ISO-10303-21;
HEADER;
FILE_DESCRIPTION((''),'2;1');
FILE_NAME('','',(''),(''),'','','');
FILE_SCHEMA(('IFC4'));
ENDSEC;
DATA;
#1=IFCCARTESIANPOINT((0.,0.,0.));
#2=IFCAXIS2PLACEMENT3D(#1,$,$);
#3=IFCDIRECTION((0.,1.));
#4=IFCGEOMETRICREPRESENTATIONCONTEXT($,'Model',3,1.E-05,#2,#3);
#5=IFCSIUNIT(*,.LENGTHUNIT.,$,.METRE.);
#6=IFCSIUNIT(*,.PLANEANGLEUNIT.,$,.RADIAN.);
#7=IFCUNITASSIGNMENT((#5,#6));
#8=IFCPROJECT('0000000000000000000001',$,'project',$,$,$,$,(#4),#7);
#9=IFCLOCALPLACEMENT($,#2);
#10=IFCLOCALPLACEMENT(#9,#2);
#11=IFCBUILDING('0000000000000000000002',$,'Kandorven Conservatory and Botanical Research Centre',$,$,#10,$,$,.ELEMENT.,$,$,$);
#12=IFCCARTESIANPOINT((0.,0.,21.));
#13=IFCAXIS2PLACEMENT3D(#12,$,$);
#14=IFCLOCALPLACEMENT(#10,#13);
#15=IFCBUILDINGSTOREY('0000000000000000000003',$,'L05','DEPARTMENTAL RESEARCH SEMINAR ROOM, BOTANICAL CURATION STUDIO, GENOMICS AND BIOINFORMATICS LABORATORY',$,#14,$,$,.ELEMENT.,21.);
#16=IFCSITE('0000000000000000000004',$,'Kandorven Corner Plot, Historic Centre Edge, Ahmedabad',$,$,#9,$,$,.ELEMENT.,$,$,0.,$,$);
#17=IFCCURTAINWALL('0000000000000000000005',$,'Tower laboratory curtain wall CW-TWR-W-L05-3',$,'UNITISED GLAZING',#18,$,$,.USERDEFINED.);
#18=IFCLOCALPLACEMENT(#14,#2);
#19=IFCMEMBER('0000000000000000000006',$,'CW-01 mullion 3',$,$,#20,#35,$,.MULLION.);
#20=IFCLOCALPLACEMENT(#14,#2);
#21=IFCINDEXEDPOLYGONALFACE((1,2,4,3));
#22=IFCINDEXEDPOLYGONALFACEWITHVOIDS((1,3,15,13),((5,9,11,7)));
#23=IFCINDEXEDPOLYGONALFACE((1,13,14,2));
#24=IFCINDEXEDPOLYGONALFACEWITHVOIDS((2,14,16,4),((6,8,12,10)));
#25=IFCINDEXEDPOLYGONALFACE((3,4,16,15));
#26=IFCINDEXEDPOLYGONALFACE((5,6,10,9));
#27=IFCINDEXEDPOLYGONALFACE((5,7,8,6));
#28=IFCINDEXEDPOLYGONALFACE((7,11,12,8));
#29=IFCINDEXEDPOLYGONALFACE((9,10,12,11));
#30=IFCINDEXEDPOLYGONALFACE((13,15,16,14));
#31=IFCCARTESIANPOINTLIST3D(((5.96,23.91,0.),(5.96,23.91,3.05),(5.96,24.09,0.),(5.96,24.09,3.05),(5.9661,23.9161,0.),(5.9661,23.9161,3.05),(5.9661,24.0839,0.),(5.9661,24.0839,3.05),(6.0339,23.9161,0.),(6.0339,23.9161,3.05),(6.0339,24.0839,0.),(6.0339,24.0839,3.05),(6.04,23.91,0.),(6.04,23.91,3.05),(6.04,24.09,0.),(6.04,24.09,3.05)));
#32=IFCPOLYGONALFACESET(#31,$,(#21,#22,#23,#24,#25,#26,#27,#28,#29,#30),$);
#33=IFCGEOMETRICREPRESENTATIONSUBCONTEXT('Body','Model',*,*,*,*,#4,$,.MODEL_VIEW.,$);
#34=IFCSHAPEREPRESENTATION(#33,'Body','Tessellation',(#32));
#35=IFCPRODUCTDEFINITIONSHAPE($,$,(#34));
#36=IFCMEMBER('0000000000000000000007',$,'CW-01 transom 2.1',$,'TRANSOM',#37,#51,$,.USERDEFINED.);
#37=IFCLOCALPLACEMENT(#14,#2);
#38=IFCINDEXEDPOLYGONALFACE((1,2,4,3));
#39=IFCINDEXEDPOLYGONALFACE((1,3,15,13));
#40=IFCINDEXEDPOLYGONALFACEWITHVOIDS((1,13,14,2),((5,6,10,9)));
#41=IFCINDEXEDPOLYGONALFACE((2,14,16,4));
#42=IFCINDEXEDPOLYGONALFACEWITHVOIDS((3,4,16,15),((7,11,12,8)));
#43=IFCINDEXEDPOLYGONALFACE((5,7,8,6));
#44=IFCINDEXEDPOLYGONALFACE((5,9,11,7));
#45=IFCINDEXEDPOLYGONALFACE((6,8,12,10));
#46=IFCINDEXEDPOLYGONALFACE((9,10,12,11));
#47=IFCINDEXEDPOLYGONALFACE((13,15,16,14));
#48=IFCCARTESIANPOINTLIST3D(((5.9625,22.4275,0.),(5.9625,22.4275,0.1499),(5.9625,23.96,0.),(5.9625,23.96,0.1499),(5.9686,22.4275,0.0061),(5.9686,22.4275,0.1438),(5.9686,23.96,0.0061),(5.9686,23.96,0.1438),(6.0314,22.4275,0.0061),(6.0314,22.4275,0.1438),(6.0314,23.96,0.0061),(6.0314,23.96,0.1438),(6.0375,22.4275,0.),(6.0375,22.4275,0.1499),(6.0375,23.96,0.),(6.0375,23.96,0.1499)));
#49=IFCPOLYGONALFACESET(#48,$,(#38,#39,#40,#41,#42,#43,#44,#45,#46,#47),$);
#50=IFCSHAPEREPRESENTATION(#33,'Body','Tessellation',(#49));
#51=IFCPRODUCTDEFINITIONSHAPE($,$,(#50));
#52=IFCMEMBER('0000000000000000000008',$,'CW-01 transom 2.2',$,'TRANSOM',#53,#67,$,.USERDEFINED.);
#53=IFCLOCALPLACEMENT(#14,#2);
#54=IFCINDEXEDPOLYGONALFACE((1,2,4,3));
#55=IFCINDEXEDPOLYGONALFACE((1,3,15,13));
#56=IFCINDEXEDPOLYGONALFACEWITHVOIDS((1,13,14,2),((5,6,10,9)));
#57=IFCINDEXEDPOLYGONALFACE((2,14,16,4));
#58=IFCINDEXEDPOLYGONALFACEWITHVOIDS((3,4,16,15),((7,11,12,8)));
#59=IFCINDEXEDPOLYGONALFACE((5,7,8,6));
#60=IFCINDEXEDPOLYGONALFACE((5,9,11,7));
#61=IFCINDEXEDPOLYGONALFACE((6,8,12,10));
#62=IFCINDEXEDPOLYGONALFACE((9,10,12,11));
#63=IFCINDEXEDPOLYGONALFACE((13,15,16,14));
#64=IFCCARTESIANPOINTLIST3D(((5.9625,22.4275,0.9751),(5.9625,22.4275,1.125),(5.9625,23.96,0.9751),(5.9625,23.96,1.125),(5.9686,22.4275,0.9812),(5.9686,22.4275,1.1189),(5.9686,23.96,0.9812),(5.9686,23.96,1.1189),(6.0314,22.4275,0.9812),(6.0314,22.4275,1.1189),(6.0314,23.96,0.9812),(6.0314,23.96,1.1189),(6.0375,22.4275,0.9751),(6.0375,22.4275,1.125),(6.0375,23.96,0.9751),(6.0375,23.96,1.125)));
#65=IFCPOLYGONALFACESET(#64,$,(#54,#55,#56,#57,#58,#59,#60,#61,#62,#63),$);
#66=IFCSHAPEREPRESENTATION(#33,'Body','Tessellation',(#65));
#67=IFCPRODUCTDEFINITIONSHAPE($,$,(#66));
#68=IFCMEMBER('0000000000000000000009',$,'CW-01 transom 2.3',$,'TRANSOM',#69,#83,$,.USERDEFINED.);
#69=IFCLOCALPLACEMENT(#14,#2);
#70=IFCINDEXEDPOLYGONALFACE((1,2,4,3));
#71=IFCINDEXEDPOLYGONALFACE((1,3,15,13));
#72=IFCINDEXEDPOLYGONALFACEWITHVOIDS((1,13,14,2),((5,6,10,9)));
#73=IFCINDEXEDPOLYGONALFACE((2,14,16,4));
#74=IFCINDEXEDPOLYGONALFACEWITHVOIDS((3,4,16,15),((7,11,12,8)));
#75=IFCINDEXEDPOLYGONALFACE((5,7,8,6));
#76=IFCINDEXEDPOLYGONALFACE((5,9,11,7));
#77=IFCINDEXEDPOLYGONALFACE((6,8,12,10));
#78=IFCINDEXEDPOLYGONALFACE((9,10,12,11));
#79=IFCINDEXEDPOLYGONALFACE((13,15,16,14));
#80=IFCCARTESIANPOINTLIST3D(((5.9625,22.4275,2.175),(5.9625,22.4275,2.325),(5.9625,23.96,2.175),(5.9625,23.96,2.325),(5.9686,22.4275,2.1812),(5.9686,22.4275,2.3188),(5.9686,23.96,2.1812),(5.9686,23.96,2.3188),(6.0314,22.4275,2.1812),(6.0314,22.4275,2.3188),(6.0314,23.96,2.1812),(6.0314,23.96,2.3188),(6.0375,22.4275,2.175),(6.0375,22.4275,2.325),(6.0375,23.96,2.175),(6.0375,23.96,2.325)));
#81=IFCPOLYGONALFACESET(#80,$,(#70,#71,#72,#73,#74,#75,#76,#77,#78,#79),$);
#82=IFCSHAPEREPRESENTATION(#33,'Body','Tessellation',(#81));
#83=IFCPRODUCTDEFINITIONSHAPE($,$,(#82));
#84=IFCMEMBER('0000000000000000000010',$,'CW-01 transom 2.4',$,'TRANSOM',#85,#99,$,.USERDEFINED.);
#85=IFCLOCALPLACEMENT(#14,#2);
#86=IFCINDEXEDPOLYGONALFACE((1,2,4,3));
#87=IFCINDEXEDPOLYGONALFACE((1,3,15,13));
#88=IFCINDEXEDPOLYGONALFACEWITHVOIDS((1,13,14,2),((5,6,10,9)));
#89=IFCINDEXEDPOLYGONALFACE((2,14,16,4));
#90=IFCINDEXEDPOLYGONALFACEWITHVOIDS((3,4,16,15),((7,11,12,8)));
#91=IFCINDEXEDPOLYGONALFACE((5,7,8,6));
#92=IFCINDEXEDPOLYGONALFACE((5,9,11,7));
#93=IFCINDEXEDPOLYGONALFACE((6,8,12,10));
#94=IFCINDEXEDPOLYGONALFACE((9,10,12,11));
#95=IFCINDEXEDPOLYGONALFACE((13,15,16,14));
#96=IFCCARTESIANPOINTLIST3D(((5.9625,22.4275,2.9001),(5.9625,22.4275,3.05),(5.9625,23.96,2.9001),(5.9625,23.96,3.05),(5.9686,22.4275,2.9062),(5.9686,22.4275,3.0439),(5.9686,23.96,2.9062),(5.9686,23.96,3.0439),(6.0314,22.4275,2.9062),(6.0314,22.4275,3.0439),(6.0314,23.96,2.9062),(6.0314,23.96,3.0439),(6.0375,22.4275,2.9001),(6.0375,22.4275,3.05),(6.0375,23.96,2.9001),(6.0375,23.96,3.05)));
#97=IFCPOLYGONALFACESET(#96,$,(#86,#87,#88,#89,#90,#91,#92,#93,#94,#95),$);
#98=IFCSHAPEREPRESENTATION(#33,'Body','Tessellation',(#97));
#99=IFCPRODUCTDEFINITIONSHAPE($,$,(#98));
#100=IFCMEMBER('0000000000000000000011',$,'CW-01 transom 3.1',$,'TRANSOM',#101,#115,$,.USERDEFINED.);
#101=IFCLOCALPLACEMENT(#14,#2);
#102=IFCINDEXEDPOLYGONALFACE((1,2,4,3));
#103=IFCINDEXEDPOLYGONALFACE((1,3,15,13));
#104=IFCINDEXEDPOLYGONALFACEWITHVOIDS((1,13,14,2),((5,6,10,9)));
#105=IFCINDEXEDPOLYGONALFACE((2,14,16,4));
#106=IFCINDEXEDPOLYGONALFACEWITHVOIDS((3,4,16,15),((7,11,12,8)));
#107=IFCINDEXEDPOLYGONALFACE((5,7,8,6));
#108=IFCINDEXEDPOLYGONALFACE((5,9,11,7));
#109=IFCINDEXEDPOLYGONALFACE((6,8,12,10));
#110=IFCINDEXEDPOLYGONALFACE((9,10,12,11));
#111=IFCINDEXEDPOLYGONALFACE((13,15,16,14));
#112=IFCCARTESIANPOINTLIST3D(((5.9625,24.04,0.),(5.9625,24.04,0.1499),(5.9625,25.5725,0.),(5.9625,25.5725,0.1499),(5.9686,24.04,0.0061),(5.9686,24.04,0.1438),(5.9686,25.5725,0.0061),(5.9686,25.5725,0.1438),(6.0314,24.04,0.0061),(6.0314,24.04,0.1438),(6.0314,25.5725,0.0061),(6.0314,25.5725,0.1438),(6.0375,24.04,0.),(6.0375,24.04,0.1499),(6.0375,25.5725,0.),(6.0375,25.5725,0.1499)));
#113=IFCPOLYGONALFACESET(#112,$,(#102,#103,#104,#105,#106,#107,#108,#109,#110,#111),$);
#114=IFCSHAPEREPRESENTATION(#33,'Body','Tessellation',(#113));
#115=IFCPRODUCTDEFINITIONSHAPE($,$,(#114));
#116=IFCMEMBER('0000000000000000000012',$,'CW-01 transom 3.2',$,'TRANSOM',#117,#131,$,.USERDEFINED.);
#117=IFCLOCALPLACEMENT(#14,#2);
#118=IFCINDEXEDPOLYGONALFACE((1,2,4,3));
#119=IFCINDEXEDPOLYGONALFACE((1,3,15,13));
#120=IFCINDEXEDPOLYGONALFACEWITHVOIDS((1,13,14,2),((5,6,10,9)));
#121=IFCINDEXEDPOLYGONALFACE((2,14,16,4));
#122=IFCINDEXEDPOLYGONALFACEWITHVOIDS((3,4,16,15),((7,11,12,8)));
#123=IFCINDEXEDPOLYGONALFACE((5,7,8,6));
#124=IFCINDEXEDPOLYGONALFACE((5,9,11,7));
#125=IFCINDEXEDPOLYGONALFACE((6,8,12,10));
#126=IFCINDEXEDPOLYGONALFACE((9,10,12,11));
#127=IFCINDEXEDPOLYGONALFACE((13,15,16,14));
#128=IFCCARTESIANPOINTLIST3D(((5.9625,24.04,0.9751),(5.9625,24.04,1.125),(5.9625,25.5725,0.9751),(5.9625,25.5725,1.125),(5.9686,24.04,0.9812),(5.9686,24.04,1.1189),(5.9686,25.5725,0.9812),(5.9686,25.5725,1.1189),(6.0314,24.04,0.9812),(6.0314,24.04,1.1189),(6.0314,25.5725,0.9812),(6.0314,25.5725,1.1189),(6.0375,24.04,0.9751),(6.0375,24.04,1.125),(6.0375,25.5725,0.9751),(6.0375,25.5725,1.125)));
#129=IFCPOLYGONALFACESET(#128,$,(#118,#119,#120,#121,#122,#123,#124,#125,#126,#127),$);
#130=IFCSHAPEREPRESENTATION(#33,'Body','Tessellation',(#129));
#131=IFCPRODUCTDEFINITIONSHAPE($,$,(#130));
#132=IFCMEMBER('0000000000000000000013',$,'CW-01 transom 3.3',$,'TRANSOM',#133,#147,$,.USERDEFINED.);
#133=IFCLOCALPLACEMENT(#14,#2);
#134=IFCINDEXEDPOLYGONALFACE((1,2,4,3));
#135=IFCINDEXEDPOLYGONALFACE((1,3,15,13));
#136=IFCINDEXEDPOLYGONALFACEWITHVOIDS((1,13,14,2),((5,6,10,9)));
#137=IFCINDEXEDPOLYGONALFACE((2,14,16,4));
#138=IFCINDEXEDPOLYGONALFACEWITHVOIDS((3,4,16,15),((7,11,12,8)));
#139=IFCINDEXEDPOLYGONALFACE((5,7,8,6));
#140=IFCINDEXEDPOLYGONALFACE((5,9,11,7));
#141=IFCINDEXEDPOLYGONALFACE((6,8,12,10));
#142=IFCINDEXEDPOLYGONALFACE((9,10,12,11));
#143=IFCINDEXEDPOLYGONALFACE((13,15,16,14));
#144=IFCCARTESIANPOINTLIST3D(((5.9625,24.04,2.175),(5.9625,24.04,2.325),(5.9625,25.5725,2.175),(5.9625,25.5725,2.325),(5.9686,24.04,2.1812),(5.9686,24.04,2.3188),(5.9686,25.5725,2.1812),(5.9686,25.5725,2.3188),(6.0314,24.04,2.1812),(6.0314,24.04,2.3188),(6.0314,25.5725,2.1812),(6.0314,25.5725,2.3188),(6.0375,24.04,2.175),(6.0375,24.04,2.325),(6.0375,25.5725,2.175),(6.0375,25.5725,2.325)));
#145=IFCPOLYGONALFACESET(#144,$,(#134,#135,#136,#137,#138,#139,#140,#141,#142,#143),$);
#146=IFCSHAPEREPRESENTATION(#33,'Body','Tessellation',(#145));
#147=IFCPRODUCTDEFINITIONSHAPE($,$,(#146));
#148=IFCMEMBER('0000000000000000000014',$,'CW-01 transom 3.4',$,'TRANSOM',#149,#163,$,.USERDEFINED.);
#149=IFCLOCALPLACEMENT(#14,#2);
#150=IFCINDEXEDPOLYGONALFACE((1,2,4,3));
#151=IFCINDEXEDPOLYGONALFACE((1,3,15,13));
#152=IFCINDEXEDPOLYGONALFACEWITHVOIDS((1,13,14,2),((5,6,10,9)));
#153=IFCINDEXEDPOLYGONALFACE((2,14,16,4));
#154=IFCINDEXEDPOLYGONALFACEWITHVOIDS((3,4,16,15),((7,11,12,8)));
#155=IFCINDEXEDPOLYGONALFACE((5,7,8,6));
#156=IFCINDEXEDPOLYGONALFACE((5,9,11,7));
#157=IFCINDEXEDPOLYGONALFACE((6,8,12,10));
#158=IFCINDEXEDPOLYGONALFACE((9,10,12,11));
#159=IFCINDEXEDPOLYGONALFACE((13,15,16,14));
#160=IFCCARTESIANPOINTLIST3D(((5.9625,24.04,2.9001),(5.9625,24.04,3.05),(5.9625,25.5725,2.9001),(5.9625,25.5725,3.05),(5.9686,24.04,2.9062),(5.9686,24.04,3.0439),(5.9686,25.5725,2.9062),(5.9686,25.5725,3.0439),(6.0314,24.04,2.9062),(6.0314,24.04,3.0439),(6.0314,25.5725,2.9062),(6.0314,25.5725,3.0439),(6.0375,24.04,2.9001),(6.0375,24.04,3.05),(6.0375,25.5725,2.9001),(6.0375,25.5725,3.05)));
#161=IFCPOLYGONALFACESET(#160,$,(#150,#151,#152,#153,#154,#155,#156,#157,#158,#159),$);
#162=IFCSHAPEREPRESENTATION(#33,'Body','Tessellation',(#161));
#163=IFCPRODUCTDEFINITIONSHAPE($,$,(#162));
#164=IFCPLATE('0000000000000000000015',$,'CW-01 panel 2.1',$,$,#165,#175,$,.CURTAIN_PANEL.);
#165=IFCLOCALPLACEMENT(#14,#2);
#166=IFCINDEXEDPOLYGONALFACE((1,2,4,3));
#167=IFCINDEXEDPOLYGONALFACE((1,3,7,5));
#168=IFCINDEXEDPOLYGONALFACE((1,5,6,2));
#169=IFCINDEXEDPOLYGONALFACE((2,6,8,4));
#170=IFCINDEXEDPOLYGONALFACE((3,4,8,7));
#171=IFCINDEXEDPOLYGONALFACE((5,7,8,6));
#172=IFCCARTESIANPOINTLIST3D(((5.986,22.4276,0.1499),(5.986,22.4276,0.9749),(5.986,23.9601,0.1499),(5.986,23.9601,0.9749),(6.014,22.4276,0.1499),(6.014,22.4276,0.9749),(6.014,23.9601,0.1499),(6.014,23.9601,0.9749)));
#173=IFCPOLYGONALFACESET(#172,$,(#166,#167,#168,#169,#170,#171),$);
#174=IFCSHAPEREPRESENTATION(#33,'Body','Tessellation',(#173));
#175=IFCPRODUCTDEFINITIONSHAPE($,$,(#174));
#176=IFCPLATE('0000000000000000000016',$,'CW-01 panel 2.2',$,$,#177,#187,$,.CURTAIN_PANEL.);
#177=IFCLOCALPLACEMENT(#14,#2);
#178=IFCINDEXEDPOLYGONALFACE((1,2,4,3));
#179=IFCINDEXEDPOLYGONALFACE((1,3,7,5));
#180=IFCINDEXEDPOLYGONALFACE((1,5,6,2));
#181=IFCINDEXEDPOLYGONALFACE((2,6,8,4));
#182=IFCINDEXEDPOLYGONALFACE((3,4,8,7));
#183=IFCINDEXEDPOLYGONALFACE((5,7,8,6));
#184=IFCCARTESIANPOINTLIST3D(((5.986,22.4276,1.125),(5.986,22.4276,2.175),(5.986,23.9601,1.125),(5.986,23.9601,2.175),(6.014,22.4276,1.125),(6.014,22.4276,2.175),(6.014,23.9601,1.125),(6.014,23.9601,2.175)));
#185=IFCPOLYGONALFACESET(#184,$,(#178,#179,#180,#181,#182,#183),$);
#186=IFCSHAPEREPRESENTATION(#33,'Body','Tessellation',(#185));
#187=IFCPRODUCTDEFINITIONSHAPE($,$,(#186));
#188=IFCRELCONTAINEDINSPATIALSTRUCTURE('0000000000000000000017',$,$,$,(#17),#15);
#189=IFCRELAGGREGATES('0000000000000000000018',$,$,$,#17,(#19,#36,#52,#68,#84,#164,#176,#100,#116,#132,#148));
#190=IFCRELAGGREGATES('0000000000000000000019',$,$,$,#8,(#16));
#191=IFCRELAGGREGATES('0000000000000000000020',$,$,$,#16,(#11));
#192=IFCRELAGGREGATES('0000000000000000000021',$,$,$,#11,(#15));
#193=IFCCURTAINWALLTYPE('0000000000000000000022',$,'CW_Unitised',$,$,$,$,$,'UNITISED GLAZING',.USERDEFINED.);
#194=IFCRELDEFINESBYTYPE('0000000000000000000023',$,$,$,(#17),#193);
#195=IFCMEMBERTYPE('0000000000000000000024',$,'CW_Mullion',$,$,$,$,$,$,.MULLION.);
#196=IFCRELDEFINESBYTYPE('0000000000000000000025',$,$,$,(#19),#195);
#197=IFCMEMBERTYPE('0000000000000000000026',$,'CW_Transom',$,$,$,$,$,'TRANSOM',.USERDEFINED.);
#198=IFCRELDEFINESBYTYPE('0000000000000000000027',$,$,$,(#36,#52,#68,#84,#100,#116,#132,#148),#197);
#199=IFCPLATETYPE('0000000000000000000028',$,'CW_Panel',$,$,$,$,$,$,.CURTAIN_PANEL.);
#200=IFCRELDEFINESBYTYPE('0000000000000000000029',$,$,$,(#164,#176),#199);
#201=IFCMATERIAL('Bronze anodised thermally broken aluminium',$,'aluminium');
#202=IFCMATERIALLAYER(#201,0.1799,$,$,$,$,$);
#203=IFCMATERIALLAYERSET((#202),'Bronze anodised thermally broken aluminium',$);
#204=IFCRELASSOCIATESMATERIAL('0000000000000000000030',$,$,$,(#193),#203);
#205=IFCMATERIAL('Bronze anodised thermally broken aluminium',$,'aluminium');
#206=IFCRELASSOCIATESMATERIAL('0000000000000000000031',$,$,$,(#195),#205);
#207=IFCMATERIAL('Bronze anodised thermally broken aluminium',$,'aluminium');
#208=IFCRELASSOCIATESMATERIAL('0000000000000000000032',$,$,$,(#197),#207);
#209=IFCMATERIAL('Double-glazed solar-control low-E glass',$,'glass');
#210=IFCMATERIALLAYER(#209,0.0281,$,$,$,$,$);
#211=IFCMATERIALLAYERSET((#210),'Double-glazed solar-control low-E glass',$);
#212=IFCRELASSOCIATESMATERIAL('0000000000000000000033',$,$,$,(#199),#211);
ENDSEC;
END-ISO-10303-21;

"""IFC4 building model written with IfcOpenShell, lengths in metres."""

from ifc_helpers import new_model, si_unit, direction, frame, origin, origin_2d, place, context, subcontext, project, spatial, rectangle, hollow_rectangle, extrude, material, layer, layer_set, material_profile, profile_set, type_object, element, aggregate, save


model = new_model("IFC4")

# Units and contexts
model_context = context("Model", 3, precision=1e-05, world=origin(), true_north=direction((0.0, 1.0)))
body_context = subcontext(model_context, "Body", "Model", "MODEL_VIEW")
ifc_project = project(units=[si_unit("LENGTHUNIT", "METRE"), si_unit("PLANEANGLEUNIT", "RADIAN")], contexts=[model_context])

# Site, building, storey
site_placement = place(None, origin())
site = spatial("IfcSite", under=ifc_project, at=site_placement, Name="Kandorven Corner Plot, Historic Centre Edge, Ahmedabad", CompositionType="ELEMENT", RefElevation=0.0)
building_placement = place(site_placement, origin())
building = spatial("IfcBuilding", under=site, at=building_placement, Name="Kandorven Conservatory and Botanical Research Centre", CompositionType="ELEMENT")
storey_placement = place(building_placement, frame((0.0, 0.0, 21.0)))
storey = spatial("IfcBuildingStorey", under=building, at=storey_placement, Name="L05", Description="DEPARTMENTAL RESEARCH SEMINAR ROOM, BOTANICAL CURATION STUDIO, GENOMICS AND BIOINFORMATICS LABORATORY", CompositionType="ELEMENT", Elevation=21.0)

# Curtain wall, members, plates
ifc_material_1 = material(Name="Bronze anodised thermally broken aluminium", Category="aluminium")
ifc_layer_1 = layer(ifc_material_1, 0.1799)
ifc_layer_set_1 = layer_set([ifc_layer_1], Name="Bronze anodised thermally broken aluminium")
curtain_wall_type = type_object("IfcCurtainWallType", Name="CW_Unitised", ElementType="UNITISED GLAZING", PredefinedType="USERDEFINED", material=ifc_layer_set_1)
curtain_wall_placement = place(storey_placement, origin())
curtain_wall = element("IfcCurtainWall", 1, at=curtain_wall_placement, inside=storey, type_object=curtain_wall_type, Name="Tower laboratory curtain wall CW-TWR-W-L05-3", ObjectType="UNITISED GLAZING", PredefinedType="USERDEFINED")
ifc_material_2 = material(Name="Bronze anodised thermally broken aluminium", Category="aluminium")
ifc_material_profile_1 = material_profile(ifc_material_2, hollow_rectangle(XDim=0.0801, YDim=0.1799, WallThickness=0.0061, at=origin_2d()))
ifc_profile_set_1 = profile_set([ifc_material_profile_1], Name="Bronze anodised thermally broken aluminium")
member_type_1 = type_object("IfcMemberType", Name="CW_Mullion", PredefinedType="MULLION", material=ifc_profile_set_1)
member_1_placement = place(storey_placement, frame((6.0, 24.0, 0.0), z_axis=(0.0, 0.0, 1.0), x_axis=(-1.0, 0.0, 0.0)))
member_1 = element("IfcMember", 2, at=member_1_placement, type_object=member_type_1, Name="CW-01 mullion 3", PredefinedType="MULLION", context=body_context, shape_type="SweptSolid", body=[
    extrude(hollow_rectangle(XDim=0.0801, YDim=0.1799, WallThickness=0.0061, at=origin_2d()), origin(), (0.0, 0.0, 1.0), 3.05),
])
ifc_material_3 = material(Name="Bronze anodised thermally broken aluminium", Category="aluminium")
ifc_material_profile_2 = material_profile(ifc_material_3, hollow_rectangle(XDim=0.075, YDim=0.1499, WallThickness=0.0061, at=origin_2d()))
ifc_profile_set_2 = profile_set([ifc_material_profile_2], Name="Bronze anodised thermally broken aluminium")
member_type_2 = type_object("IfcMemberType", Name="CW_Transom", ElementType="TRANSOM", PredefinedType="USERDEFINED", material=ifc_profile_set_2)
member_2_placement = place(storey_placement, frame((6.0, 22.4275, 0.075), z_axis=(0.0, 1.0, 0.0), x_axis=(-1.0, 0.0, 0.0)))
member_2 = element("IfcMember", 3, at=member_2_placement, type_object=member_type_2, Name="CW-01 transom 2.1", ObjectType="TRANSOM", PredefinedType="USERDEFINED", context=body_context, shape_type="SweptSolid", body=[
    extrude(hollow_rectangle(XDim=0.075, YDim=0.1499, WallThickness=0.0061, at=origin_2d()), origin(), (0.0, 0.0, 1.0), 1.5325),
])
member_3_placement = place(storey_placement, frame((6.0, 22.4275, 1.05), z_axis=(0.0, 1.0, 0.0), x_axis=(-1.0, 0.0, 0.0)))
member_3 = element("IfcMember", 4, at=member_3_placement, type_object=member_type_2, Name="CW-01 transom 2.2", ObjectType="TRANSOM", PredefinedType="USERDEFINED", context=body_context, shape_type="SweptSolid", body=[
    extrude(hollow_rectangle(XDim=0.075, YDim=0.1499, WallThickness=0.0061, at=origin_2d()), origin(), (0.0, 0.0, 1.0), 1.5325),
])
member_4_placement = place(storey_placement, frame((6.0, 22.4275, 2.25), z_axis=(0.0, 1.0, 0.0), x_axis=(-1.0, 0.0, 0.0)))
member_4 = element("IfcMember", 5, at=member_4_placement, type_object=member_type_2, Name="CW-01 transom 2.3", ObjectType="TRANSOM", PredefinedType="USERDEFINED", context=body_context, shape_type="SweptSolid", body=[
    extrude(hollow_rectangle(XDim=0.075, YDim=0.1499, WallThickness=0.0061, at=origin_2d()), origin(), (0.0, 0.0, 1.0), 1.5325),
])
member_5_placement = place(storey_placement, frame((6.0, 22.4275, 2.9751), z_axis=(0.0, 1.0, 0.0), x_axis=(-1.0, 0.0, 0.0)))
member_5 = element("IfcMember", 6, at=member_5_placement, type_object=member_type_2, Name="CW-01 transom 2.4", ObjectType="TRANSOM", PredefinedType="USERDEFINED", context=body_context, shape_type="SweptSolid", body=[
    extrude(hollow_rectangle(XDim=0.075, YDim=0.1499, WallThickness=0.0061, at=origin_2d()), origin(), (0.0, 0.0, 1.0), 1.5325),
])
member_6_placement = place(storey_placement, frame((6.0, 24.04, 0.075), z_axis=(0.0, 1.0, 0.0), x_axis=(-1.0, 0.0, 0.0)))
member_6 = element("IfcMember", 7, at=member_6_placement, type_object=member_type_2, Name="CW-01 transom 3.1", ObjectType="TRANSOM", PredefinedType="USERDEFINED", context=body_context, shape_type="SweptSolid", body=[
    extrude(hollow_rectangle(XDim=0.075, YDim=0.1499, WallThickness=0.0061, at=origin_2d()), origin(), (0.0, 0.0, 1.0), 1.5325),
])
member_7_placement = place(storey_placement, frame((6.0, 24.04, 1.05), z_axis=(0.0, 1.0, 0.0), x_axis=(-1.0, 0.0, 0.0)))
member_7 = element("IfcMember", 8, at=member_7_placement, type_object=member_type_2, Name="CW-01 transom 3.2", ObjectType="TRANSOM", PredefinedType="USERDEFINED", context=body_context, shape_type="SweptSolid", body=[
    extrude(hollow_rectangle(XDim=0.075, YDim=0.1499, WallThickness=0.0061, at=origin_2d()), origin(), (0.0, 0.0, 1.0), 1.5325),
])
member_8_placement = place(storey_placement, frame((6.0, 24.04, 2.25), z_axis=(0.0, 1.0, 0.0), x_axis=(-1.0, 0.0, 0.0)))
member_8 = element("IfcMember", 9, at=member_8_placement, type_object=member_type_2, Name="CW-01 transom 3.3", ObjectType="TRANSOM", PredefinedType="USERDEFINED", context=body_context, shape_type="SweptSolid", body=[
    extrude(hollow_rectangle(XDim=0.075, YDim=0.1499, WallThickness=0.0061, at=origin_2d()), origin(), (0.0, 0.0, 1.0), 1.5325),
])
member_9_placement = place(storey_placement, frame((6.0, 24.04, 2.9751), z_axis=(0.0, 1.0, 0.0), x_axis=(-1.0, 0.0, 0.0)))
member_9 = element("IfcMember", 10, at=member_9_placement, type_object=member_type_2, Name="CW-01 transom 3.4", ObjectType="TRANSOM", PredefinedType="USERDEFINED", context=body_context, shape_type="SweptSolid", body=[
    extrude(hollow_rectangle(XDim=0.075, YDim=0.1499, WallThickness=0.0061, at=origin_2d()), origin(), (0.0, 0.0, 1.0), 1.5325),
])
ifc_material_4 = material(Name="Double-glazed solar-control low-E glass", Category="glass")
ifc_layer_2 = layer(ifc_material_4, 0.0281)
ifc_layer_set_2 = layer_set([ifc_layer_2], Name="Double-glazed solar-control low-E glass")
plate_type = type_object("IfcPlateType", Name="CW_Panel", PredefinedType="CURTAIN_PANEL", material=ifc_layer_set_2)
plate_1_placement = place(storey_placement, frame((6.0, 23.1938, 0.1499), z_axis=(0.0, 0.0, 1.0), x_axis=(0.0, 1.0, 0.0)))
plate_1 = element("IfcPlate", 11, at=plate_1_placement, type_object=plate_type, Name="CW-01 panel 2.1", PredefinedType="CURTAIN_PANEL", context=body_context, shape_type="SweptSolid", body=[
    extrude(rectangle(XDim=1.5325, YDim=0.0281, at=origin_2d()), origin(), (0.0, 0.0, 1.0), 0.825),
])
plate_2_placement = place(storey_placement, frame((6.0, 23.1938, 1.125), z_axis=(0.0, 0.0, 1.0), x_axis=(0.0, 1.0, 0.0)))
plate_2 = element("IfcPlate", 12, at=plate_2_placement, type_object=plate_type, Name="CW-01 panel 2.2", PredefinedType="CURTAIN_PANEL", context=body_context, shape_type="SweptSolid", body=[
    extrude(rectangle(XDim=1.5325, YDim=0.0281, at=origin_2d()), origin(), (0.0, 0.0, 1.0), 1.05),
])
aggregate(curtain_wall, [member_1, member_2, member_3, member_4, member_5, plate_1, plate_2, member_6, member_7, member_8, member_9])

save(model, "model.ifc")
